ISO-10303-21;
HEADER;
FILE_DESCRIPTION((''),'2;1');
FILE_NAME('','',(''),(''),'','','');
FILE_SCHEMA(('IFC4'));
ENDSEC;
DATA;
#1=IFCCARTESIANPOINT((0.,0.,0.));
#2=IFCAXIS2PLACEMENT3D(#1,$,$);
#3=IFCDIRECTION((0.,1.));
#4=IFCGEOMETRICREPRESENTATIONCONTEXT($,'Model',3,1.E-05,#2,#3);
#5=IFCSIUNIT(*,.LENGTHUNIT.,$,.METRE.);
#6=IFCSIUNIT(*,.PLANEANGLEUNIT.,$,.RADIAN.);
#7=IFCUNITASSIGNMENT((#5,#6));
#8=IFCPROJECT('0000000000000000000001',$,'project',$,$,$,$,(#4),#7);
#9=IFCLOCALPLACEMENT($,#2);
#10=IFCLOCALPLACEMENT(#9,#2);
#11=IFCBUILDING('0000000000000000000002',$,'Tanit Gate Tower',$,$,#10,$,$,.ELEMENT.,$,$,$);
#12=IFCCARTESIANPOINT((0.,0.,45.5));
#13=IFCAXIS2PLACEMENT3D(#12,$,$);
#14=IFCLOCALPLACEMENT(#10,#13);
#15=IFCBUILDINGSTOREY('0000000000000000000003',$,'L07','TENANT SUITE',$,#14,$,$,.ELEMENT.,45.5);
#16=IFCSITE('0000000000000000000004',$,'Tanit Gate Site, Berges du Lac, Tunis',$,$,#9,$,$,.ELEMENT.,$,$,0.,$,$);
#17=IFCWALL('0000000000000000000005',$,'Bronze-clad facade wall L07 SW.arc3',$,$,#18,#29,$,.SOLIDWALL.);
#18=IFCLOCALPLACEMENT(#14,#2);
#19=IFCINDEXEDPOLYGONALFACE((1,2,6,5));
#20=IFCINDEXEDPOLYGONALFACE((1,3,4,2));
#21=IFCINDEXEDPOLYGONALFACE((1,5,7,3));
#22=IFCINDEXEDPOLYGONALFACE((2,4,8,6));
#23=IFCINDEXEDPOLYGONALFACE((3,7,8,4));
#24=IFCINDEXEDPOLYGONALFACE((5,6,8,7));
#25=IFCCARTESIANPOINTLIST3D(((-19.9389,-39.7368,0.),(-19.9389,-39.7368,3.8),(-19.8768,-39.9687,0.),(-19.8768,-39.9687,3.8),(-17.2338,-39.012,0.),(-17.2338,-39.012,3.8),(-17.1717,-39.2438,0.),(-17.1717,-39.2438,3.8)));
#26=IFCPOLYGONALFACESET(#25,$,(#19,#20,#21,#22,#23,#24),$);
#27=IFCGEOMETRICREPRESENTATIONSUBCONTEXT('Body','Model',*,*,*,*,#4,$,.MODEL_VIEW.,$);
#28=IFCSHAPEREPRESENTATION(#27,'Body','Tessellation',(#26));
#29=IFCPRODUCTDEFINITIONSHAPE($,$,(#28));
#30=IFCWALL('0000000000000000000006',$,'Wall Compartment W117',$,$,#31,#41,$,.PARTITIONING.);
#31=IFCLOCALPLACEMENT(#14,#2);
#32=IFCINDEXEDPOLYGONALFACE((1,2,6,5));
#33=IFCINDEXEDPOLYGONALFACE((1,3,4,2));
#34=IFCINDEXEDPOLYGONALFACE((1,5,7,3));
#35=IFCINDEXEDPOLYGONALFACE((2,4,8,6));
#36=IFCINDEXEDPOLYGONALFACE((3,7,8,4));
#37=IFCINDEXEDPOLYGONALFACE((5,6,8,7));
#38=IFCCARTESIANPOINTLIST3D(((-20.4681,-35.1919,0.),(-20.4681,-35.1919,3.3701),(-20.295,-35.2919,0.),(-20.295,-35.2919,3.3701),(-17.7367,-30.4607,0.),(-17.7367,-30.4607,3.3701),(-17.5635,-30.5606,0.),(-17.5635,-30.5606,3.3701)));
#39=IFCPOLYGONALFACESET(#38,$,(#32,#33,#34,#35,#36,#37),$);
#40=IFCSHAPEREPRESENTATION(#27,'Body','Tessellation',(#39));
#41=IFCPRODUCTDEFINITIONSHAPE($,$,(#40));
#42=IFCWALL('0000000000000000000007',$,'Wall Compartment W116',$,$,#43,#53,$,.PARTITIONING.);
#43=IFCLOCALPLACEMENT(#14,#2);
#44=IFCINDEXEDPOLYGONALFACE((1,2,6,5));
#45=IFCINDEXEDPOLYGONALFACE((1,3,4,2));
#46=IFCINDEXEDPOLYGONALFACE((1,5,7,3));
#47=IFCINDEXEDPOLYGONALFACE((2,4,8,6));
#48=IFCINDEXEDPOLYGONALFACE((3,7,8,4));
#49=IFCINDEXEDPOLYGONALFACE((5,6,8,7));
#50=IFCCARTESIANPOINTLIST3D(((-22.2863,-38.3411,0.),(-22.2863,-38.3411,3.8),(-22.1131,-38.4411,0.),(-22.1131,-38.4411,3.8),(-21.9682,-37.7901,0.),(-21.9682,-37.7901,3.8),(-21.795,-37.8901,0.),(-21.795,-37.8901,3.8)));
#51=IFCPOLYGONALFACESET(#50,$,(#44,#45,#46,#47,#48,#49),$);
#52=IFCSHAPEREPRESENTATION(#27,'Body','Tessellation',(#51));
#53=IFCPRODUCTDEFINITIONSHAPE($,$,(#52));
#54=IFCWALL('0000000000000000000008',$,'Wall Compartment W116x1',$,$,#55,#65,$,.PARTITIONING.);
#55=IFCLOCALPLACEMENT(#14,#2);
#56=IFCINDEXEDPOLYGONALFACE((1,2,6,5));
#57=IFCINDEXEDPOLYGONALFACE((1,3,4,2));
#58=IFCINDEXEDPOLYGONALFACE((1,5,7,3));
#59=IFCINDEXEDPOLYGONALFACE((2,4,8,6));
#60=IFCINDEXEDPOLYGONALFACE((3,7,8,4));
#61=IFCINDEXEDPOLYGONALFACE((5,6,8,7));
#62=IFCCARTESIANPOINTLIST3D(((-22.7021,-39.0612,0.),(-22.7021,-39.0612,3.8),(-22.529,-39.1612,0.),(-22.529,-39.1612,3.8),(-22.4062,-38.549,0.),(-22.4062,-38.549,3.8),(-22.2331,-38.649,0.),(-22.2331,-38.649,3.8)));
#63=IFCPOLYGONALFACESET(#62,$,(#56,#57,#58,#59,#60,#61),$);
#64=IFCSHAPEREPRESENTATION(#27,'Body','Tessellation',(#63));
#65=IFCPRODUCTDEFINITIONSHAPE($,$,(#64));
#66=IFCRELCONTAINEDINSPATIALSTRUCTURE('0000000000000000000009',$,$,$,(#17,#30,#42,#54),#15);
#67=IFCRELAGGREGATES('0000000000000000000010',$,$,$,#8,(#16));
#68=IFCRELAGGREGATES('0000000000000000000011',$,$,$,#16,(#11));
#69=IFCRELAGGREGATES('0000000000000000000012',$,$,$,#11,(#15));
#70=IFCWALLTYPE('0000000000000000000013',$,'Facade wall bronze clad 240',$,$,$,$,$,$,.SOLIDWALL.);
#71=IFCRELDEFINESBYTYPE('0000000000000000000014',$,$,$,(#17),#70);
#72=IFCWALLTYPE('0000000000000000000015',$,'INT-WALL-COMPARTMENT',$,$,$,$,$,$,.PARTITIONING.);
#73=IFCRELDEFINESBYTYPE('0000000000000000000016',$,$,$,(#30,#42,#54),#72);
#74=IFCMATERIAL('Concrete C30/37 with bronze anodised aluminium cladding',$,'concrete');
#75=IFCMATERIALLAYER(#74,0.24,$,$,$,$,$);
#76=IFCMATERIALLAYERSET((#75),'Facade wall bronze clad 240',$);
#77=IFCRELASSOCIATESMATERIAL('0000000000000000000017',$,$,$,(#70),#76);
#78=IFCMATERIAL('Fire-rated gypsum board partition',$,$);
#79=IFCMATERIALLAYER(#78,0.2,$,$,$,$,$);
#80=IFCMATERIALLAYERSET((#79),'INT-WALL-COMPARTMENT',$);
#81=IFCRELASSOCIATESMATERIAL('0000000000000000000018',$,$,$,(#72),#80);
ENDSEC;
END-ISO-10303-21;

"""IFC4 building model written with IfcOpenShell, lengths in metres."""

from ifc_helpers import new_model, si_unit, direction, frame, frame_2d, origin, place, context, subcontext, project, spatial, rectangle, extrude, material, layer, layer_set, type_object, element, save


model = new_model("IFC4")

# Units and contexts
model_context = context("Model", 3, precision=1e-05, world=origin(), true_north=direction((0.0, 1.0)))
body_context = subcontext(model_context, "Body", "Model", "MODEL_VIEW")
ifc_project = project(units=[si_unit("LENGTHUNIT", "METRE"), si_unit("PLANEANGLEUNIT", "RADIAN")], contexts=[model_context])

# Site, building, storey
site_placement = place(None, origin())
site = spatial("IfcSite", under=ifc_project, at=site_placement, Name="Tanit Gate Site, Berges du Lac, Tunis", CompositionType="ELEMENT", RefElevation=0.0)
building_placement = place(site_placement, origin())
building = spatial("IfcBuilding", under=site, at=building_placement, Name="Tanit Gate Tower", CompositionType="ELEMENT")
storey_placement = place(building_placement, frame((0.0, 0.0, 45.5)))
storey = spatial("IfcBuildingStorey", under=building, at=storey_placement, Name="L07", Description="TENANT SUITE", CompositionType="ELEMENT", Elevation=45.5)

# Walls
ifc_material_1 = material(Name="Concrete C30/37 with bronze anodised aluminium cladding", Category="concrete")
ifc_layer_1 = layer(ifc_material_1, 0.24)
ifc_layer_set_1 = layer_set([ifc_layer_1], Name="Facade wall bronze clad 240")
wall_type_1 = type_object("IfcWallType", Name="Facade wall bronze clad 240", PredefinedType="SOLIDWALL", material=ifc_layer_set_1)
wall_1_placement = place(storey_placement, frame((-19.908, -39.8528, 0.0), z_axis=(0.0, 0.0, 1.0), x_axis=(0.965923, 0.258829, 0.0)))
element("IfcWall", 1, at=wall_1_placement, inside=storey, type_object=wall_type_1, Name="Bronze-clad facade wall L07 SW.arc3", PredefinedType="SOLIDWALL", context=body_context, shape_type="SweptSolid", body=[
    extrude(rectangle(XDim=2.8005, YDim=0.24, at=frame_2d((1.4004, 0.0))), origin(), (0.0, 0.0, 1.0), 3.8),
])
ifc_material_2 = material(Name="Fire-rated gypsum board partition")
ifc_layer_2 = layer(ifc_material_2, 0.2)
ifc_layer_set_2 = layer_set([ifc_layer_2], Name="INT-WALL-COMPARTMENT")
wall_type_2 = type_object("IfcWallType", Name="INT-WALL-COMPARTMENT", PredefinedType="PARTITIONING", material=ifc_layer_set_2)
wall_2_placement = place(storey_placement, frame((-17.6501, -30.5107, 0.0), z_axis=(0.0, 0.0, 1.0), x_axis=(-0.499984, -0.866035, 0.0)))
element("IfcWall", 2, at=wall_2_placement, inside=storey, type_object=wall_type_2, Name="Wall Compartment W117", PredefinedType="PARTITIONING", context=body_context, shape_type="SweptSolid", body=[
    extrude(rectangle(XDim=5.4631, YDim=0.2, at=frame_2d((2.7314, 0.0))), origin(), (0.0, 0.0, 1.0), 3.3701),
])
wall_3_placement = place(storey_placement, frame((-21.8816, -37.8401, 0.0), z_axis=(0.0, 0.0, 1.0), x_axis=(-0.499977, -0.866039, 0.0)))
element("IfcWall", 3, at=wall_3_placement, inside=storey, type_object=wall_type_2, Name="Wall Compartment W116", PredefinedType="PARTITIONING", context=body_context, shape_type="SweptSolid", body=[
    extrude(rectangle(XDim=0.6362, YDim=0.2, at=frame_2d((0.3181, 0.0))), origin(), (0.0, 0.0, 1.0), 3.8),
])
wall_4_placement = place(storey_placement, frame((-22.3196, -38.5989, 0.0), z_axis=(0.0, 0.0, 1.0), x_axis=(-0.500223, -0.865897, 0.0)))
element("IfcWall", 4, at=wall_4_placement, inside=storey, type_object=wall_type_2, Name="Wall Compartment W116x1", PredefinedType="PARTITIONING", context=body_context, shape_type="SweptSolid", body=[
    extrude(rectangle(XDim=0.5916, YDim=0.2, at=frame_2d((0.2959, 0.0))), origin(), (0.0, 0.0, 1.0), 3.8),
])

save(model, "model.ifc")
